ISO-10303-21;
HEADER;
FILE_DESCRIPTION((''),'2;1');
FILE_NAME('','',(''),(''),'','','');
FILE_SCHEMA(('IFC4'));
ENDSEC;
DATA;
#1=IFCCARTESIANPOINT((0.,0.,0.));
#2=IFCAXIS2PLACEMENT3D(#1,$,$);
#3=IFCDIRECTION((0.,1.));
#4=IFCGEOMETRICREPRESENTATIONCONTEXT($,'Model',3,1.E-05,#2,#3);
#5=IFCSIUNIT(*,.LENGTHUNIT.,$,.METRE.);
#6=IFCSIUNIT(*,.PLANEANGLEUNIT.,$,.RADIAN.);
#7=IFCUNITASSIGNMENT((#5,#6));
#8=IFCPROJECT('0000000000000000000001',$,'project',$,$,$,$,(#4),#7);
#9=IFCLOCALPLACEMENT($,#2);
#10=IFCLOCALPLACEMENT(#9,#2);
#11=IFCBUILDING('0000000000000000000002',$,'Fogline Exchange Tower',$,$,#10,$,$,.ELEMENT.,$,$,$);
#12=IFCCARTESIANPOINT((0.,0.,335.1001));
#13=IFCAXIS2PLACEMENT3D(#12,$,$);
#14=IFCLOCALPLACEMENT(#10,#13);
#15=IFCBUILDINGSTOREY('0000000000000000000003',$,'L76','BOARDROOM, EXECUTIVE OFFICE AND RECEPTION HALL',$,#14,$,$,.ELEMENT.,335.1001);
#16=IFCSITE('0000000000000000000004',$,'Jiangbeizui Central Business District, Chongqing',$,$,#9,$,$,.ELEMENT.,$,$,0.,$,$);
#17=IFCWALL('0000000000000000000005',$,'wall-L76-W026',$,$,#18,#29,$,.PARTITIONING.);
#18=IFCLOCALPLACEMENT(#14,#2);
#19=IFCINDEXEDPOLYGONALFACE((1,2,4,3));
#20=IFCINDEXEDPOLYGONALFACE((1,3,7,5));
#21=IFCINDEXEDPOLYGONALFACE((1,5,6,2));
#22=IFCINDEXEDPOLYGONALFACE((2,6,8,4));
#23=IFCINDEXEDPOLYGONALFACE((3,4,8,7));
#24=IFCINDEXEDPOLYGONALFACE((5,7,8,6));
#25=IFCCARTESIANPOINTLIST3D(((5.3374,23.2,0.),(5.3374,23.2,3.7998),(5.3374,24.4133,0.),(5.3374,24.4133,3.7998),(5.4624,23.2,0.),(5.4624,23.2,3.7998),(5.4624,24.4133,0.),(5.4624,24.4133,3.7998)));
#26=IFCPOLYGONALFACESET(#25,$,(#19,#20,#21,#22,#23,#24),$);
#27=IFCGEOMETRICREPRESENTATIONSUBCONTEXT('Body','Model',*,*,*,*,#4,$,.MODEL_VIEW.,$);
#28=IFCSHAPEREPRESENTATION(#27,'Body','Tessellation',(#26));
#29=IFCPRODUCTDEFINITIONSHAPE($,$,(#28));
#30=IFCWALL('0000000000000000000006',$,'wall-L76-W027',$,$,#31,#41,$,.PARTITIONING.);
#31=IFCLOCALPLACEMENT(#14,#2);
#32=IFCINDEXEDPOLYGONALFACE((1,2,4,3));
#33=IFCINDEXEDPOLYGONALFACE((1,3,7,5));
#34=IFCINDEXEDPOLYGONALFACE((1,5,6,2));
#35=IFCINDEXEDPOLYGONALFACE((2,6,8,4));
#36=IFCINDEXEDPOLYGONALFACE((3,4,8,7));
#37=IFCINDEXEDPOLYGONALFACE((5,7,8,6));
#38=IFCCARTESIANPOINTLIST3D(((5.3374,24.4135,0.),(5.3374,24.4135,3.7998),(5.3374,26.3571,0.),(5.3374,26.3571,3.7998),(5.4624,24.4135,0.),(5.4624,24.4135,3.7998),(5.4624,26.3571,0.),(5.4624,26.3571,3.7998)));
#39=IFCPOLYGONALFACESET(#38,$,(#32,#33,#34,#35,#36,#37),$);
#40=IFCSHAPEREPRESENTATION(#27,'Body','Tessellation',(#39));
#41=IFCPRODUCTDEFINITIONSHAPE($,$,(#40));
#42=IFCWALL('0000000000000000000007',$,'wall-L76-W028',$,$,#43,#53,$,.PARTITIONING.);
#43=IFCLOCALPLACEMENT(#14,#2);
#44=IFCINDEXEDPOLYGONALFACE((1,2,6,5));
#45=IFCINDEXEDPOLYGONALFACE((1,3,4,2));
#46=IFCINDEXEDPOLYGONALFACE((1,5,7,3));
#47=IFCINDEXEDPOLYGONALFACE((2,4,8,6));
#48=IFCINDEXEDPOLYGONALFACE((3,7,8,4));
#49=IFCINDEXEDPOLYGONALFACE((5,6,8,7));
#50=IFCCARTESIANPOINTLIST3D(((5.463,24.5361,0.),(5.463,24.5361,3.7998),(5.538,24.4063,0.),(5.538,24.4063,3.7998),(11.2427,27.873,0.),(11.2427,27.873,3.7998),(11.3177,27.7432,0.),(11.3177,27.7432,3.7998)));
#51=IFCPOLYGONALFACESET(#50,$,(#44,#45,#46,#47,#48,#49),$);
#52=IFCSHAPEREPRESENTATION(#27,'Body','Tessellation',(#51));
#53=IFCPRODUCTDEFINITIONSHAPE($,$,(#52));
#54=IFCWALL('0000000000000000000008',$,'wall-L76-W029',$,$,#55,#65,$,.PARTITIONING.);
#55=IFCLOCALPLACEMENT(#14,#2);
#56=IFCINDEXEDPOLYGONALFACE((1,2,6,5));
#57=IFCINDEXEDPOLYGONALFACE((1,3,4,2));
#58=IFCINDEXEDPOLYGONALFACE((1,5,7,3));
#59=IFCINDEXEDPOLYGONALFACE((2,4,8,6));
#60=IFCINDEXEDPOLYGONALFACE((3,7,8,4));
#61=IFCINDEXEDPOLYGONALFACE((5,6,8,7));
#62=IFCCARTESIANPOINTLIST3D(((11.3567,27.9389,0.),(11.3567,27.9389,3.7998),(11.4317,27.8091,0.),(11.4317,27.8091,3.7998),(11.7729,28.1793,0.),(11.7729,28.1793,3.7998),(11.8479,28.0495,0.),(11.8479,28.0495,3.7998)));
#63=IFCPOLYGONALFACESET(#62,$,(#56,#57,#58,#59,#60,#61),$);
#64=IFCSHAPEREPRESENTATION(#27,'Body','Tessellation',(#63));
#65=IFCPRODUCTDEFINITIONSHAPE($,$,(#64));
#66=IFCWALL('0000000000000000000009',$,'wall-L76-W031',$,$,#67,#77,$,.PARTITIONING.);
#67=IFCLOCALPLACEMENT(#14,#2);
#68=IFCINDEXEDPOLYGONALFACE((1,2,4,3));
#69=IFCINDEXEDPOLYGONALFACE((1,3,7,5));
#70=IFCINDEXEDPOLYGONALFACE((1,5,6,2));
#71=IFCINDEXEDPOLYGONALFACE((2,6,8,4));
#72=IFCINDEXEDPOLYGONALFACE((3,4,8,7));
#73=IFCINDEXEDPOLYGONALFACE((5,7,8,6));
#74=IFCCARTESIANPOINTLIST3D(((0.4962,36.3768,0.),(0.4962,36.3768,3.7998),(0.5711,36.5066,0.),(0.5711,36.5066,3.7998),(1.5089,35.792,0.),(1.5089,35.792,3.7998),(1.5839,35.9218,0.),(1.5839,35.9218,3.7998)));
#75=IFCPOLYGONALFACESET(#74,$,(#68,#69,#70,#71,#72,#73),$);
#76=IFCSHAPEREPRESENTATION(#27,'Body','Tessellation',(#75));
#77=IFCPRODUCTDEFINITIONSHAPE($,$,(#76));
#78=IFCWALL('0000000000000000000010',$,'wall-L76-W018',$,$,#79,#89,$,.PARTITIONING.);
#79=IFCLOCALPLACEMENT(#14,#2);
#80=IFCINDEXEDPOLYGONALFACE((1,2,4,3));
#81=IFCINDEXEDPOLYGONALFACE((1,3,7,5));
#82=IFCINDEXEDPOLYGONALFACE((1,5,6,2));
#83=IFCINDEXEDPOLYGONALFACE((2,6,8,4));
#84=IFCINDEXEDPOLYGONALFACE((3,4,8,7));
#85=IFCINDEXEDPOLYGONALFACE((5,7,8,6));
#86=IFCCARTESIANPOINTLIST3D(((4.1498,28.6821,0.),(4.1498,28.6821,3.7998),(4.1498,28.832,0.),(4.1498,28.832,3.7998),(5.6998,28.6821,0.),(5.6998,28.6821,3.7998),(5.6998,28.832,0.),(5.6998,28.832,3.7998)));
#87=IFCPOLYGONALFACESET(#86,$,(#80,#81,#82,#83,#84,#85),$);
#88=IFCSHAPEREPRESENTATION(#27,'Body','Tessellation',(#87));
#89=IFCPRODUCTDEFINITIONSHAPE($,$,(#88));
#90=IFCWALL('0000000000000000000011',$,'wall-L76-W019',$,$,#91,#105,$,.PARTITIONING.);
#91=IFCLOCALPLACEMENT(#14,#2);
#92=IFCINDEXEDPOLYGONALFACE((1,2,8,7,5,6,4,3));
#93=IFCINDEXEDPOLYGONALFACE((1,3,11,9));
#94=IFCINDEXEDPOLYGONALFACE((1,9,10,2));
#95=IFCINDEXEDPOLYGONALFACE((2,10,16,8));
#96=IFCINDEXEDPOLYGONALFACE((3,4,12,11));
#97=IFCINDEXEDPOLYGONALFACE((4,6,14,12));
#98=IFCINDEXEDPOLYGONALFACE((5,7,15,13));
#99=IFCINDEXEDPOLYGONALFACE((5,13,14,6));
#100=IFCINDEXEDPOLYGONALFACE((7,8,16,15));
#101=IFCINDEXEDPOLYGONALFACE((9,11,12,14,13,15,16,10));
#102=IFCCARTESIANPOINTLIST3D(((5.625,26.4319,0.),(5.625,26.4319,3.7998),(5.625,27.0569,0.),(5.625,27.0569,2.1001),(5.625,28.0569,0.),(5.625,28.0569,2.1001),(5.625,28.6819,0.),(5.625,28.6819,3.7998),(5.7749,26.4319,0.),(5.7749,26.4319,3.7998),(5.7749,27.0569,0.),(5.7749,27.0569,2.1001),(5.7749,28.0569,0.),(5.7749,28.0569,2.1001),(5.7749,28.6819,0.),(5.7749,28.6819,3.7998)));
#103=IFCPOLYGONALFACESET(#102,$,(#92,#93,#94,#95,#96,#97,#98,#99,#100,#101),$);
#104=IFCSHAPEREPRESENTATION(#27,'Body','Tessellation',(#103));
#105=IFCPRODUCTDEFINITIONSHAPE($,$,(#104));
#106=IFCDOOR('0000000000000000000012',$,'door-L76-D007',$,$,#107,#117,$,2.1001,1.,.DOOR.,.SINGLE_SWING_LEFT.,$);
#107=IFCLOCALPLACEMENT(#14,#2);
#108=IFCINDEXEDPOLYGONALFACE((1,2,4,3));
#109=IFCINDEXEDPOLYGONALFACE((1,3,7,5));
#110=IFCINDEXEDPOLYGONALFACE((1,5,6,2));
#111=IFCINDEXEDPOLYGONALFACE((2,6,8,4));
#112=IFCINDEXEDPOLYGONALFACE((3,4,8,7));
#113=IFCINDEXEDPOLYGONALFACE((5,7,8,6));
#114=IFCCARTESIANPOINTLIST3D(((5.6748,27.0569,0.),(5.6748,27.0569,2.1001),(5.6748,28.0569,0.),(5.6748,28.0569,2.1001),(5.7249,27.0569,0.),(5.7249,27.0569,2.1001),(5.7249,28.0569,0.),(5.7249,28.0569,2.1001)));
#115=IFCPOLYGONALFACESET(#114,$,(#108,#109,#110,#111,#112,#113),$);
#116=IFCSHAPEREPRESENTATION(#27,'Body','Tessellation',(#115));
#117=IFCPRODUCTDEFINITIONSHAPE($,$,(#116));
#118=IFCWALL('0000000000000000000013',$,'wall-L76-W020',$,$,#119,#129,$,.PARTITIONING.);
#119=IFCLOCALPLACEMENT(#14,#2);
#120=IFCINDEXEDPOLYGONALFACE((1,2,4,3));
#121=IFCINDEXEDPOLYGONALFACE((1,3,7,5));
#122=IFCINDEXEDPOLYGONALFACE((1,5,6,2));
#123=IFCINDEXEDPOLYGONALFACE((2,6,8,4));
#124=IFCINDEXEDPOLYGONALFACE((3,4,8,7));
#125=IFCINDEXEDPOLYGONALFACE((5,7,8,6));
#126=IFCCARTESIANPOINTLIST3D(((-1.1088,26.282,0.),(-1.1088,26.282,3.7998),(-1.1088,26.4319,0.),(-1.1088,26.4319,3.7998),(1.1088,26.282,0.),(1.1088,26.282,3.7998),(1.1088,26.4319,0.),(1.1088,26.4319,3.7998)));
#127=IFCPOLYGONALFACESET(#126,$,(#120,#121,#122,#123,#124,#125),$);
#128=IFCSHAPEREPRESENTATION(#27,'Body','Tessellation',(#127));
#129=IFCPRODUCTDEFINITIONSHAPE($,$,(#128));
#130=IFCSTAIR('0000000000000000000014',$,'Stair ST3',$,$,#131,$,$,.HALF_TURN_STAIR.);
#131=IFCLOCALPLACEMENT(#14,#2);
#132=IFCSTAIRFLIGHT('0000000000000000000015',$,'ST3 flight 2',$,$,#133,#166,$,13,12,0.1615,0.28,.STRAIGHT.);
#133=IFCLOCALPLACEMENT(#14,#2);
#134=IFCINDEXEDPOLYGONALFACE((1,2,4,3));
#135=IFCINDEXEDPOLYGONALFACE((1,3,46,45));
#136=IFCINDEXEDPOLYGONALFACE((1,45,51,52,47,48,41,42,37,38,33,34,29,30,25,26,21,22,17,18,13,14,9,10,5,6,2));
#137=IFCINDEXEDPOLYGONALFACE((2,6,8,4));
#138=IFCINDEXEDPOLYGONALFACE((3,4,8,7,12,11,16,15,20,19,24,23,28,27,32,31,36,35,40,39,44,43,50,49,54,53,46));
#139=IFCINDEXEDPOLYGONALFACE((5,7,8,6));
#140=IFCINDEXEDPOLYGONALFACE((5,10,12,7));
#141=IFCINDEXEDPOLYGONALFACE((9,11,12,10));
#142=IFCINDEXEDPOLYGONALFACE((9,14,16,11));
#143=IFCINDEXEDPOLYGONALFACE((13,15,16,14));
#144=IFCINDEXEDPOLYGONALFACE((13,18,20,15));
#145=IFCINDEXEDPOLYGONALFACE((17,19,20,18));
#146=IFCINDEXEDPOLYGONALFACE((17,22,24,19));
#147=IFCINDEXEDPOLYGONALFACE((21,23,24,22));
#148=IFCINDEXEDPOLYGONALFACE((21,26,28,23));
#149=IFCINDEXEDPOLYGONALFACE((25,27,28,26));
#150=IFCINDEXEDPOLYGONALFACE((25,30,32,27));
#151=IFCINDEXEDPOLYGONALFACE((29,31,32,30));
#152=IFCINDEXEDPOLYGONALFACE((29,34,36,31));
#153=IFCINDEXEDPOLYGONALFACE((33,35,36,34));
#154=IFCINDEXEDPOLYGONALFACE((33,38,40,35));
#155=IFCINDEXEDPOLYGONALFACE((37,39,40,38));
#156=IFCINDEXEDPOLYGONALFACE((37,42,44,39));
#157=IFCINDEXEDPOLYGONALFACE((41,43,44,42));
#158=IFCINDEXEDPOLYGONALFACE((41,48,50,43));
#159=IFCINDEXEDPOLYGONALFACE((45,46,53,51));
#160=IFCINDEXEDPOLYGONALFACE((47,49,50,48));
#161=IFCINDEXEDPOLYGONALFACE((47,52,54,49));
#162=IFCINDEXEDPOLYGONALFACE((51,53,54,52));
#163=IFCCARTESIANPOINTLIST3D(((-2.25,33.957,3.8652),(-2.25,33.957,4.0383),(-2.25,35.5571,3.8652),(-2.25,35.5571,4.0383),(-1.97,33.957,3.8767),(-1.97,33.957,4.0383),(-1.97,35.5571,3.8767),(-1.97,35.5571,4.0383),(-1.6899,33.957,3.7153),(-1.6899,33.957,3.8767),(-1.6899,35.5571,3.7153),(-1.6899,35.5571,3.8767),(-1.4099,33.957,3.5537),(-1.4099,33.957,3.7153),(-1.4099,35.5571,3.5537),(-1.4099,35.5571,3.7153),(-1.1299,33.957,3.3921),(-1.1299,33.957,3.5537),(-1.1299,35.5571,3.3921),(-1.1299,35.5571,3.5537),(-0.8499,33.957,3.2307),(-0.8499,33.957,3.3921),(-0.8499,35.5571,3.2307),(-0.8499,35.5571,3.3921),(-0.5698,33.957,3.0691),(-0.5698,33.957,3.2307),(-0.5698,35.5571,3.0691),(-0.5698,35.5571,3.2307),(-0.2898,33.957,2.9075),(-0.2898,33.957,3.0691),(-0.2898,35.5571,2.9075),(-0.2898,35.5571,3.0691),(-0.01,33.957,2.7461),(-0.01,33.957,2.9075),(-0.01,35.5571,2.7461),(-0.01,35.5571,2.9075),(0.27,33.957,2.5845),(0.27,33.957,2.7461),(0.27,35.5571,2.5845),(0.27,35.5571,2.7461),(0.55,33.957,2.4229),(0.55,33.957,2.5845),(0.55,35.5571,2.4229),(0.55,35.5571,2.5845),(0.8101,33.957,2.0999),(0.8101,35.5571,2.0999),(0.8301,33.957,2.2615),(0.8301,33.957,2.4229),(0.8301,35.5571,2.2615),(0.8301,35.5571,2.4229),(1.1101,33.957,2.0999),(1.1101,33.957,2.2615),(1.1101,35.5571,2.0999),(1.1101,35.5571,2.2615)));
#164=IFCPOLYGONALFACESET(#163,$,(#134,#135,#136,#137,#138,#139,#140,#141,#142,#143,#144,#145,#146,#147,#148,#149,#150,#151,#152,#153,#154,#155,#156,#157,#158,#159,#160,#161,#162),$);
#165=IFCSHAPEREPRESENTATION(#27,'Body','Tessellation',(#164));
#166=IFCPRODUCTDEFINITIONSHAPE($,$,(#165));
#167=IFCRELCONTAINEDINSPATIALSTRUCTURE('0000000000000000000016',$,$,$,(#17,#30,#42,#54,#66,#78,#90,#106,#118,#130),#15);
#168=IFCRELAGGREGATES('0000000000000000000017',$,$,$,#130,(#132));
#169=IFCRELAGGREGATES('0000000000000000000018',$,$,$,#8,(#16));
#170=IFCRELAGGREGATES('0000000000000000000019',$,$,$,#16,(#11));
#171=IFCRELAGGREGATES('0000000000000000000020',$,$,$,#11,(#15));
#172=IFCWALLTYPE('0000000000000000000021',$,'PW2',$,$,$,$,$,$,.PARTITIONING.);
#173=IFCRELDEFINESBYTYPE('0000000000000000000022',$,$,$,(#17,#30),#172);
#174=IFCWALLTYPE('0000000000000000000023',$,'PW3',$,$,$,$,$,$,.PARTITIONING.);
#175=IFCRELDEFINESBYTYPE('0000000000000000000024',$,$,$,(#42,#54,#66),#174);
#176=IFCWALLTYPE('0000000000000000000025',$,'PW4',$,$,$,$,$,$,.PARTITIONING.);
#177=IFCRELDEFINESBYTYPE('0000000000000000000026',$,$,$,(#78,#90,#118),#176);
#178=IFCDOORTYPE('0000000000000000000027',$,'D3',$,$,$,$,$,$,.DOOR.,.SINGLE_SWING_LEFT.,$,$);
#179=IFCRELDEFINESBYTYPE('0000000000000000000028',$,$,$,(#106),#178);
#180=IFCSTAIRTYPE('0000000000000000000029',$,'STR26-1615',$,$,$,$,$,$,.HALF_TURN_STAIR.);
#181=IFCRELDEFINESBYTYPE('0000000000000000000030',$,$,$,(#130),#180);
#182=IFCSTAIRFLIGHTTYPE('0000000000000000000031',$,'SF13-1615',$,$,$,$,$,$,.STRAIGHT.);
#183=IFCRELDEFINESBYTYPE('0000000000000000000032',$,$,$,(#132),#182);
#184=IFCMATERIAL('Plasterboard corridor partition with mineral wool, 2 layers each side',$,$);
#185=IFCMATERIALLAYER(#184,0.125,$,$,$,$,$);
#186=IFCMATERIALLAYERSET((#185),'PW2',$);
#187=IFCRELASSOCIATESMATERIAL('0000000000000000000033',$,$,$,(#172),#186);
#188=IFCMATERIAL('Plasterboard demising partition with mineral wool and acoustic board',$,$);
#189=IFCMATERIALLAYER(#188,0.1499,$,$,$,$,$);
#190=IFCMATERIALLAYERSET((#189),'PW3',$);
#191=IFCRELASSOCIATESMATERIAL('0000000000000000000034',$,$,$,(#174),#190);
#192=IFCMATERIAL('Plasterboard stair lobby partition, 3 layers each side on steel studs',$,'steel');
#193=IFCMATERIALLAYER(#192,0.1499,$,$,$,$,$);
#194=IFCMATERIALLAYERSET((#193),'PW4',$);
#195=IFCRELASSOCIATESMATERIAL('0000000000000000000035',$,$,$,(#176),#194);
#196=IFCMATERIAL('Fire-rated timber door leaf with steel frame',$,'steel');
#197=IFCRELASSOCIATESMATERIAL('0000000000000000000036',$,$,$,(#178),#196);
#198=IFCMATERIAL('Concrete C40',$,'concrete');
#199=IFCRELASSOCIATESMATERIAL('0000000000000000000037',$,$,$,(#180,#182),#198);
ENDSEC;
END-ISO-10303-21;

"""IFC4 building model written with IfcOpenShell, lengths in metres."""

from ifc_helpers import new_model, si_unit, direction, frame, frame_2d, origin, place, context, subcontext, project, spatial, polyline, rectangle, outline, extrude, material, layer, layer_set, type_object, element, fill, aggregate, save


model = new_model("IFC4")

# Units and contexts
model_context = context("Model", 3, precision=1e-05, world=origin(), true_north=direction((0.0, 1.0)))
body_context = subcontext(model_context, "Body", "Model", "MODEL_VIEW")
ifc_project = project(units=[si_unit("LENGTHUNIT", "METRE"), si_unit("PLANEANGLEUNIT", "RADIAN")], contexts=[model_context])

# Site, building, storey
site_placement = place(None, origin())
site = spatial("IfcSite", under=ifc_project, at=site_placement, Name="Jiangbeizui Central Business District, Chongqing", CompositionType="ELEMENT", RefElevation=0.0)
building_placement = place(site_placement, origin())
building = spatial("IfcBuilding", under=site, at=building_placement, Name="Fogline Exchange Tower", CompositionType="ELEMENT")
storey_placement = place(building_placement, frame((0.0, 0.0, 335.1001)))
storey = spatial("IfcBuildingStorey", under=building, at=storey_placement, Name="L76", Description="BOARDROOM, EXECUTIVE OFFICE AND RECEPTION HALL", CompositionType="ELEMENT", Elevation=335.1001)

# Shared definitions
ifc_material_1 = material(Name="Concrete C40", Category="concrete")

# Walls
ifc_material_2 = material(Name="Plasterboard corridor partition with mineral wool, 2 layers each side")
ifc_layer_1 = layer(ifc_material_2, 0.125)
ifc_layer_set_1 = layer_set([ifc_layer_1], Name="PW2")
wall_type_1 = type_object("IfcWallType", Name="PW2", PredefinedType="PARTITIONING", material=ifc_layer_set_1)
wall_1_placement = place(storey_placement, frame((5.3999, 24.4133, 0.0), z_axis=(0.0, 0.0, 1.0), x_axis=(0.0, -1.0, 0.0)))
element("IfcWall", 1, at=wall_1_placement, inside=storey, type_object=wall_type_1, Name="wall-L76-W026", PredefinedType="PARTITIONING", context=body_context, shape_type="SweptSolid", body=[
    extrude(rectangle(XDim=1.2134, YDim=0.125, at=frame_2d((0.6067, 0.0))), origin(), (0.0, 0.0, 1.0), 3.7998),
])
wall_2_placement = place(storey_placement, frame((5.3999, 26.3569, 0.0), z_axis=(0.0, 0.0, 1.0), x_axis=(0.0, -1.0, 0.0)))
element("IfcWall", 2, at=wall_2_placement, inside=storey, type_object=wall_type_1, Name="wall-L76-W027", PredefinedType="PARTITIONING", context=body_context, shape_type="SweptSolid", body=[
    extrude(rectangle(XDim=1.9436, YDim=0.125, at=frame_2d((0.9717, 0.0))), origin(), (0.0, 0.0, 1.0), 3.7998),
])
ifc_material_3 = material(Name="Plasterboard demising partition with mineral wool and acoustic board")
ifc_layer_2 = layer(ifc_material_3, 0.1499)
ifc_layer_set_2 = layer_set([ifc_layer_2], Name="PW3")
wall_type_2 = type_object("IfcWallType", Name="PW3", PredefinedType="PARTITIONING", material=ifc_layer_set_2)
wall_3_placement = place(storey_placement, frame((5.5005, 24.4712, 0.0), z_axis=(0.0, 0.0, 1.0), x_axis=(0.866028, 0.499995, 0.0)))
element("IfcWall", 3, at=wall_3_placement, inside=storey, type_object=wall_type_2, Name="wall-L76-W028", PredefinedType="PARTITIONING", context=body_context, shape_type="SweptSolid", body=[
    extrude(rectangle(XDim=6.6738, YDim=0.1499, at=frame_2d((3.3369, 0.0))), origin(), (0.0, 0.0, 1.0), 3.7998),
])
wall_4_placement = place(storey_placement, frame((11.3943, 27.874, 0.0), z_axis=(0.0, 0.0, 1.0), x_axis=(0.86589, 0.500235, 0.0)))
element("IfcWall", 4, at=wall_4_placement, inside=storey, type_object=wall_type_2, Name="wall-L76-W029", PredefinedType="PARTITIONING", context=body_context, shape_type="SweptSolid", body=[
    extrude(rectangle(XDim=0.4807, YDim=0.1499, at=frame_2d((0.2402, 0.0))), origin(), (0.0, 0.0, 1.0), 3.7998),
])
wall_5_placement = place(storey_placement, frame((1.5464, 35.8569, 0.0), z_axis=(0.0, 0.0, 1.0), x_axis=(-0.866012, 0.500024, 0.0)))
element("IfcWall", 5, at=wall_5_placement, inside=storey, type_object=wall_type_2, Name="wall-L76-W031", PredefinedType="PARTITIONING", context=body_context, shape_type="SweptSolid", body=[
    extrude(rectangle(XDim=1.1694, YDim=0.1499, at=frame_2d((0.5847, 0.0))), origin(), (0.0, 0.0, 1.0), 3.7998),
])
ifc_material_4 = material(Name="Plasterboard stair lobby partition, 3 layers each side on steel studs", Category="steel")
ifc_layer_3 = layer(ifc_material_4, 0.1499)
ifc_layer_set_3 = layer_set([ifc_layer_3], Name="PW4")
wall_type_3 = type_object("IfcWallType", Name="PW4", PredefinedType="PARTITIONING", material=ifc_layer_set_3)
wall_6_placement = place(storey_placement, frame((4.1499, 28.7571, 0.0), z_axis=(0.0, 0.0, 1.0), x_axis=(1.0, 0.0, 0.0)))
element("IfcWall", 6, at=wall_6_placement, inside=storey, type_object=wall_type_3, Name="wall-L76-W018", PredefinedType="PARTITIONING", context=body_context, shape_type="SweptSolid", body=[
    extrude(rectangle(XDim=1.55, YDim=0.1499, at=frame_2d((0.7749, 0.0))), origin(), (0.0, 0.0, 1.0), 3.7998),
])

# Wall, opening, door
wall_7_placement = place(storey_placement, frame((5.7, 28.6819, 0.0), z_axis=(0.0, 0.0, 1.0), x_axis=(0.0, -1.0, 0.0)))
wall_7 = element("IfcWall", 7, at=wall_7_placement, inside=storey, type_object=wall_type_3, Name="wall-L76-W019", PredefinedType="PARTITIONING", context=body_context, shape_type="SweptSolid", body=[
    extrude(rectangle(XDim=2.25, YDim=0.1499, at=frame_2d((1.125, 0.0))), origin(), (0.0, 0.0, 1.0), 3.7998),
])
opening_1_placement = place(wall_7_placement, frame((0.625, 0.0, 0.0)))
opening_1 = element("IfcOpeningElement", 8, at=opening_1_placement, cuts=wall_7, PredefinedType="OPENING", context=body_context, shape_type="SweptSolid", body=[
    extrude(rectangle(XDim=1.0, YDim=2.1001, at=frame_2d((0.5, 1.05))), frame((0.0, 0.085, 0.0), z_axis=(0.0, -1.0, 0.0), x_axis=(1.0, 0.0, 0.0)), (0.0, 0.0, 1.0), 0.1699),
])
ifc_material_5 = material(Name="Fire-rated timber door leaf with steel frame", Category="steel")
door_type_1 = type_object("IfcDoorType", Name="D3", OperationType="SINGLE_SWING_LEFT", PredefinedType="DOOR", material=ifc_material_5)
door_1_placement = place(opening_1_placement, origin())
door_1 = element("IfcDoor", 9, at=door_1_placement, inside=storey, type_object=door_type_1, Name="door-L76-D007", OperationType="SINGLE_SWING_LEFT", OverallHeight=2.1001, OverallWidth=1.0, PredefinedType="DOOR", context=body_context, shape_type="SweptSolid", body=[
    extrude(rectangle(XDim=1.0, YDim=2.1001, at=frame_2d((0.5, 1.05))), frame((0.0, 0.0249, 0.0), z_axis=(0.0, -1.0, 0.0), x_axis=(1.0, 0.0, 0.0)), (0.0, 0.0, 1.0), 0.05),
])
fill(opening_1, door_1)

# Wall
wall_8_placement = place(storey_placement, frame((1.1089, 26.3569, 0.0), z_axis=(0.0, 0.0, 1.0), x_axis=(-1.0, 0.0, 0.0)))
element("IfcWall", 10, at=wall_8_placement, inside=storey, type_object=wall_type_3, Name="wall-L76-W020", PredefinedType="PARTITIONING", context=body_context, shape_type="SweptSolid", body=[
    extrude(rectangle(XDim=2.2175, YDim=0.1499, at=frame_2d((1.1089, 0.0))), origin(), (0.0, 0.0, 1.0), 3.7998),
])

# Stair, stair flight
stair_type = type_object("IfcStairType", Name="STR26-1615", PredefinedType="HALF_TURN_STAIR", material=ifc_material_1)
stair_placement = place(storey_placement, origin())
stair = element("IfcStair", 11, at=stair_placement, inside=storey, type_object=stair_type, Name="Stair ST3", PredefinedType="HALF_TURN_STAIR")
stair_flight_type = type_object("IfcStairFlightType", Name="SF13-1615", PredefinedType="STRAIGHT", material=ifc_material_1)
stair_flight_placement = place(storey_placement, frame((1.1101, 34.7571, 2.0999), z_axis=(0.0, 0.0, 1.0), x_axis=(-1.0, 0.0, 0.0)))
stair_flight = element("IfcStairFlight", 12, at=stair_flight_placement, type_object=stair_flight_type, Name="ST3 flight 2", NumberOfRisers=13, NumberOfTreads=12, PredefinedType="STRAIGHT", RiserHeight=0.1615, TreadLength=0.28, context=body_context, shape_type="SweptSolid", body=[
    extrude(outline(polyline([(0.0, 0.0), (0.0, 0.1616), (0.28, 0.1616), (0.28, 0.323), (0.5601, 0.323), (0.5601, 0.4846), (0.8401, 0.4846), (0.8401, 0.6462), (1.1201, 0.6462), (1.1201, 0.8076), (1.3999, 0.8076), (1.3999, 0.9692), (1.6799, 0.9692), (1.6799, 1.1309), (1.96, 1.1309), (1.96, 1.2922), (2.24, 1.2922), (2.24, 1.4539), (2.52, 1.4539), (2.52, 1.6155), (2.8, 1.6155), (2.8, 1.7769), (3.0801, 1.7769), (3.0801, 1.9385), (3.3601, 1.9385), (3.3601, 2.1001), (3.3601, 1.7654), (0.3, 0.0), (0.0, 0.0)])), frame((0.0, 0.8, 0.0), z_axis=(0.0, -1.0, 0.0), x_axis=(1.0, 0.0, 0.0)), (0.0, 0.0, 1.0), 1.6001),
])
aggregate(stair, [stair_flight])

save(model, "model.ifc")
